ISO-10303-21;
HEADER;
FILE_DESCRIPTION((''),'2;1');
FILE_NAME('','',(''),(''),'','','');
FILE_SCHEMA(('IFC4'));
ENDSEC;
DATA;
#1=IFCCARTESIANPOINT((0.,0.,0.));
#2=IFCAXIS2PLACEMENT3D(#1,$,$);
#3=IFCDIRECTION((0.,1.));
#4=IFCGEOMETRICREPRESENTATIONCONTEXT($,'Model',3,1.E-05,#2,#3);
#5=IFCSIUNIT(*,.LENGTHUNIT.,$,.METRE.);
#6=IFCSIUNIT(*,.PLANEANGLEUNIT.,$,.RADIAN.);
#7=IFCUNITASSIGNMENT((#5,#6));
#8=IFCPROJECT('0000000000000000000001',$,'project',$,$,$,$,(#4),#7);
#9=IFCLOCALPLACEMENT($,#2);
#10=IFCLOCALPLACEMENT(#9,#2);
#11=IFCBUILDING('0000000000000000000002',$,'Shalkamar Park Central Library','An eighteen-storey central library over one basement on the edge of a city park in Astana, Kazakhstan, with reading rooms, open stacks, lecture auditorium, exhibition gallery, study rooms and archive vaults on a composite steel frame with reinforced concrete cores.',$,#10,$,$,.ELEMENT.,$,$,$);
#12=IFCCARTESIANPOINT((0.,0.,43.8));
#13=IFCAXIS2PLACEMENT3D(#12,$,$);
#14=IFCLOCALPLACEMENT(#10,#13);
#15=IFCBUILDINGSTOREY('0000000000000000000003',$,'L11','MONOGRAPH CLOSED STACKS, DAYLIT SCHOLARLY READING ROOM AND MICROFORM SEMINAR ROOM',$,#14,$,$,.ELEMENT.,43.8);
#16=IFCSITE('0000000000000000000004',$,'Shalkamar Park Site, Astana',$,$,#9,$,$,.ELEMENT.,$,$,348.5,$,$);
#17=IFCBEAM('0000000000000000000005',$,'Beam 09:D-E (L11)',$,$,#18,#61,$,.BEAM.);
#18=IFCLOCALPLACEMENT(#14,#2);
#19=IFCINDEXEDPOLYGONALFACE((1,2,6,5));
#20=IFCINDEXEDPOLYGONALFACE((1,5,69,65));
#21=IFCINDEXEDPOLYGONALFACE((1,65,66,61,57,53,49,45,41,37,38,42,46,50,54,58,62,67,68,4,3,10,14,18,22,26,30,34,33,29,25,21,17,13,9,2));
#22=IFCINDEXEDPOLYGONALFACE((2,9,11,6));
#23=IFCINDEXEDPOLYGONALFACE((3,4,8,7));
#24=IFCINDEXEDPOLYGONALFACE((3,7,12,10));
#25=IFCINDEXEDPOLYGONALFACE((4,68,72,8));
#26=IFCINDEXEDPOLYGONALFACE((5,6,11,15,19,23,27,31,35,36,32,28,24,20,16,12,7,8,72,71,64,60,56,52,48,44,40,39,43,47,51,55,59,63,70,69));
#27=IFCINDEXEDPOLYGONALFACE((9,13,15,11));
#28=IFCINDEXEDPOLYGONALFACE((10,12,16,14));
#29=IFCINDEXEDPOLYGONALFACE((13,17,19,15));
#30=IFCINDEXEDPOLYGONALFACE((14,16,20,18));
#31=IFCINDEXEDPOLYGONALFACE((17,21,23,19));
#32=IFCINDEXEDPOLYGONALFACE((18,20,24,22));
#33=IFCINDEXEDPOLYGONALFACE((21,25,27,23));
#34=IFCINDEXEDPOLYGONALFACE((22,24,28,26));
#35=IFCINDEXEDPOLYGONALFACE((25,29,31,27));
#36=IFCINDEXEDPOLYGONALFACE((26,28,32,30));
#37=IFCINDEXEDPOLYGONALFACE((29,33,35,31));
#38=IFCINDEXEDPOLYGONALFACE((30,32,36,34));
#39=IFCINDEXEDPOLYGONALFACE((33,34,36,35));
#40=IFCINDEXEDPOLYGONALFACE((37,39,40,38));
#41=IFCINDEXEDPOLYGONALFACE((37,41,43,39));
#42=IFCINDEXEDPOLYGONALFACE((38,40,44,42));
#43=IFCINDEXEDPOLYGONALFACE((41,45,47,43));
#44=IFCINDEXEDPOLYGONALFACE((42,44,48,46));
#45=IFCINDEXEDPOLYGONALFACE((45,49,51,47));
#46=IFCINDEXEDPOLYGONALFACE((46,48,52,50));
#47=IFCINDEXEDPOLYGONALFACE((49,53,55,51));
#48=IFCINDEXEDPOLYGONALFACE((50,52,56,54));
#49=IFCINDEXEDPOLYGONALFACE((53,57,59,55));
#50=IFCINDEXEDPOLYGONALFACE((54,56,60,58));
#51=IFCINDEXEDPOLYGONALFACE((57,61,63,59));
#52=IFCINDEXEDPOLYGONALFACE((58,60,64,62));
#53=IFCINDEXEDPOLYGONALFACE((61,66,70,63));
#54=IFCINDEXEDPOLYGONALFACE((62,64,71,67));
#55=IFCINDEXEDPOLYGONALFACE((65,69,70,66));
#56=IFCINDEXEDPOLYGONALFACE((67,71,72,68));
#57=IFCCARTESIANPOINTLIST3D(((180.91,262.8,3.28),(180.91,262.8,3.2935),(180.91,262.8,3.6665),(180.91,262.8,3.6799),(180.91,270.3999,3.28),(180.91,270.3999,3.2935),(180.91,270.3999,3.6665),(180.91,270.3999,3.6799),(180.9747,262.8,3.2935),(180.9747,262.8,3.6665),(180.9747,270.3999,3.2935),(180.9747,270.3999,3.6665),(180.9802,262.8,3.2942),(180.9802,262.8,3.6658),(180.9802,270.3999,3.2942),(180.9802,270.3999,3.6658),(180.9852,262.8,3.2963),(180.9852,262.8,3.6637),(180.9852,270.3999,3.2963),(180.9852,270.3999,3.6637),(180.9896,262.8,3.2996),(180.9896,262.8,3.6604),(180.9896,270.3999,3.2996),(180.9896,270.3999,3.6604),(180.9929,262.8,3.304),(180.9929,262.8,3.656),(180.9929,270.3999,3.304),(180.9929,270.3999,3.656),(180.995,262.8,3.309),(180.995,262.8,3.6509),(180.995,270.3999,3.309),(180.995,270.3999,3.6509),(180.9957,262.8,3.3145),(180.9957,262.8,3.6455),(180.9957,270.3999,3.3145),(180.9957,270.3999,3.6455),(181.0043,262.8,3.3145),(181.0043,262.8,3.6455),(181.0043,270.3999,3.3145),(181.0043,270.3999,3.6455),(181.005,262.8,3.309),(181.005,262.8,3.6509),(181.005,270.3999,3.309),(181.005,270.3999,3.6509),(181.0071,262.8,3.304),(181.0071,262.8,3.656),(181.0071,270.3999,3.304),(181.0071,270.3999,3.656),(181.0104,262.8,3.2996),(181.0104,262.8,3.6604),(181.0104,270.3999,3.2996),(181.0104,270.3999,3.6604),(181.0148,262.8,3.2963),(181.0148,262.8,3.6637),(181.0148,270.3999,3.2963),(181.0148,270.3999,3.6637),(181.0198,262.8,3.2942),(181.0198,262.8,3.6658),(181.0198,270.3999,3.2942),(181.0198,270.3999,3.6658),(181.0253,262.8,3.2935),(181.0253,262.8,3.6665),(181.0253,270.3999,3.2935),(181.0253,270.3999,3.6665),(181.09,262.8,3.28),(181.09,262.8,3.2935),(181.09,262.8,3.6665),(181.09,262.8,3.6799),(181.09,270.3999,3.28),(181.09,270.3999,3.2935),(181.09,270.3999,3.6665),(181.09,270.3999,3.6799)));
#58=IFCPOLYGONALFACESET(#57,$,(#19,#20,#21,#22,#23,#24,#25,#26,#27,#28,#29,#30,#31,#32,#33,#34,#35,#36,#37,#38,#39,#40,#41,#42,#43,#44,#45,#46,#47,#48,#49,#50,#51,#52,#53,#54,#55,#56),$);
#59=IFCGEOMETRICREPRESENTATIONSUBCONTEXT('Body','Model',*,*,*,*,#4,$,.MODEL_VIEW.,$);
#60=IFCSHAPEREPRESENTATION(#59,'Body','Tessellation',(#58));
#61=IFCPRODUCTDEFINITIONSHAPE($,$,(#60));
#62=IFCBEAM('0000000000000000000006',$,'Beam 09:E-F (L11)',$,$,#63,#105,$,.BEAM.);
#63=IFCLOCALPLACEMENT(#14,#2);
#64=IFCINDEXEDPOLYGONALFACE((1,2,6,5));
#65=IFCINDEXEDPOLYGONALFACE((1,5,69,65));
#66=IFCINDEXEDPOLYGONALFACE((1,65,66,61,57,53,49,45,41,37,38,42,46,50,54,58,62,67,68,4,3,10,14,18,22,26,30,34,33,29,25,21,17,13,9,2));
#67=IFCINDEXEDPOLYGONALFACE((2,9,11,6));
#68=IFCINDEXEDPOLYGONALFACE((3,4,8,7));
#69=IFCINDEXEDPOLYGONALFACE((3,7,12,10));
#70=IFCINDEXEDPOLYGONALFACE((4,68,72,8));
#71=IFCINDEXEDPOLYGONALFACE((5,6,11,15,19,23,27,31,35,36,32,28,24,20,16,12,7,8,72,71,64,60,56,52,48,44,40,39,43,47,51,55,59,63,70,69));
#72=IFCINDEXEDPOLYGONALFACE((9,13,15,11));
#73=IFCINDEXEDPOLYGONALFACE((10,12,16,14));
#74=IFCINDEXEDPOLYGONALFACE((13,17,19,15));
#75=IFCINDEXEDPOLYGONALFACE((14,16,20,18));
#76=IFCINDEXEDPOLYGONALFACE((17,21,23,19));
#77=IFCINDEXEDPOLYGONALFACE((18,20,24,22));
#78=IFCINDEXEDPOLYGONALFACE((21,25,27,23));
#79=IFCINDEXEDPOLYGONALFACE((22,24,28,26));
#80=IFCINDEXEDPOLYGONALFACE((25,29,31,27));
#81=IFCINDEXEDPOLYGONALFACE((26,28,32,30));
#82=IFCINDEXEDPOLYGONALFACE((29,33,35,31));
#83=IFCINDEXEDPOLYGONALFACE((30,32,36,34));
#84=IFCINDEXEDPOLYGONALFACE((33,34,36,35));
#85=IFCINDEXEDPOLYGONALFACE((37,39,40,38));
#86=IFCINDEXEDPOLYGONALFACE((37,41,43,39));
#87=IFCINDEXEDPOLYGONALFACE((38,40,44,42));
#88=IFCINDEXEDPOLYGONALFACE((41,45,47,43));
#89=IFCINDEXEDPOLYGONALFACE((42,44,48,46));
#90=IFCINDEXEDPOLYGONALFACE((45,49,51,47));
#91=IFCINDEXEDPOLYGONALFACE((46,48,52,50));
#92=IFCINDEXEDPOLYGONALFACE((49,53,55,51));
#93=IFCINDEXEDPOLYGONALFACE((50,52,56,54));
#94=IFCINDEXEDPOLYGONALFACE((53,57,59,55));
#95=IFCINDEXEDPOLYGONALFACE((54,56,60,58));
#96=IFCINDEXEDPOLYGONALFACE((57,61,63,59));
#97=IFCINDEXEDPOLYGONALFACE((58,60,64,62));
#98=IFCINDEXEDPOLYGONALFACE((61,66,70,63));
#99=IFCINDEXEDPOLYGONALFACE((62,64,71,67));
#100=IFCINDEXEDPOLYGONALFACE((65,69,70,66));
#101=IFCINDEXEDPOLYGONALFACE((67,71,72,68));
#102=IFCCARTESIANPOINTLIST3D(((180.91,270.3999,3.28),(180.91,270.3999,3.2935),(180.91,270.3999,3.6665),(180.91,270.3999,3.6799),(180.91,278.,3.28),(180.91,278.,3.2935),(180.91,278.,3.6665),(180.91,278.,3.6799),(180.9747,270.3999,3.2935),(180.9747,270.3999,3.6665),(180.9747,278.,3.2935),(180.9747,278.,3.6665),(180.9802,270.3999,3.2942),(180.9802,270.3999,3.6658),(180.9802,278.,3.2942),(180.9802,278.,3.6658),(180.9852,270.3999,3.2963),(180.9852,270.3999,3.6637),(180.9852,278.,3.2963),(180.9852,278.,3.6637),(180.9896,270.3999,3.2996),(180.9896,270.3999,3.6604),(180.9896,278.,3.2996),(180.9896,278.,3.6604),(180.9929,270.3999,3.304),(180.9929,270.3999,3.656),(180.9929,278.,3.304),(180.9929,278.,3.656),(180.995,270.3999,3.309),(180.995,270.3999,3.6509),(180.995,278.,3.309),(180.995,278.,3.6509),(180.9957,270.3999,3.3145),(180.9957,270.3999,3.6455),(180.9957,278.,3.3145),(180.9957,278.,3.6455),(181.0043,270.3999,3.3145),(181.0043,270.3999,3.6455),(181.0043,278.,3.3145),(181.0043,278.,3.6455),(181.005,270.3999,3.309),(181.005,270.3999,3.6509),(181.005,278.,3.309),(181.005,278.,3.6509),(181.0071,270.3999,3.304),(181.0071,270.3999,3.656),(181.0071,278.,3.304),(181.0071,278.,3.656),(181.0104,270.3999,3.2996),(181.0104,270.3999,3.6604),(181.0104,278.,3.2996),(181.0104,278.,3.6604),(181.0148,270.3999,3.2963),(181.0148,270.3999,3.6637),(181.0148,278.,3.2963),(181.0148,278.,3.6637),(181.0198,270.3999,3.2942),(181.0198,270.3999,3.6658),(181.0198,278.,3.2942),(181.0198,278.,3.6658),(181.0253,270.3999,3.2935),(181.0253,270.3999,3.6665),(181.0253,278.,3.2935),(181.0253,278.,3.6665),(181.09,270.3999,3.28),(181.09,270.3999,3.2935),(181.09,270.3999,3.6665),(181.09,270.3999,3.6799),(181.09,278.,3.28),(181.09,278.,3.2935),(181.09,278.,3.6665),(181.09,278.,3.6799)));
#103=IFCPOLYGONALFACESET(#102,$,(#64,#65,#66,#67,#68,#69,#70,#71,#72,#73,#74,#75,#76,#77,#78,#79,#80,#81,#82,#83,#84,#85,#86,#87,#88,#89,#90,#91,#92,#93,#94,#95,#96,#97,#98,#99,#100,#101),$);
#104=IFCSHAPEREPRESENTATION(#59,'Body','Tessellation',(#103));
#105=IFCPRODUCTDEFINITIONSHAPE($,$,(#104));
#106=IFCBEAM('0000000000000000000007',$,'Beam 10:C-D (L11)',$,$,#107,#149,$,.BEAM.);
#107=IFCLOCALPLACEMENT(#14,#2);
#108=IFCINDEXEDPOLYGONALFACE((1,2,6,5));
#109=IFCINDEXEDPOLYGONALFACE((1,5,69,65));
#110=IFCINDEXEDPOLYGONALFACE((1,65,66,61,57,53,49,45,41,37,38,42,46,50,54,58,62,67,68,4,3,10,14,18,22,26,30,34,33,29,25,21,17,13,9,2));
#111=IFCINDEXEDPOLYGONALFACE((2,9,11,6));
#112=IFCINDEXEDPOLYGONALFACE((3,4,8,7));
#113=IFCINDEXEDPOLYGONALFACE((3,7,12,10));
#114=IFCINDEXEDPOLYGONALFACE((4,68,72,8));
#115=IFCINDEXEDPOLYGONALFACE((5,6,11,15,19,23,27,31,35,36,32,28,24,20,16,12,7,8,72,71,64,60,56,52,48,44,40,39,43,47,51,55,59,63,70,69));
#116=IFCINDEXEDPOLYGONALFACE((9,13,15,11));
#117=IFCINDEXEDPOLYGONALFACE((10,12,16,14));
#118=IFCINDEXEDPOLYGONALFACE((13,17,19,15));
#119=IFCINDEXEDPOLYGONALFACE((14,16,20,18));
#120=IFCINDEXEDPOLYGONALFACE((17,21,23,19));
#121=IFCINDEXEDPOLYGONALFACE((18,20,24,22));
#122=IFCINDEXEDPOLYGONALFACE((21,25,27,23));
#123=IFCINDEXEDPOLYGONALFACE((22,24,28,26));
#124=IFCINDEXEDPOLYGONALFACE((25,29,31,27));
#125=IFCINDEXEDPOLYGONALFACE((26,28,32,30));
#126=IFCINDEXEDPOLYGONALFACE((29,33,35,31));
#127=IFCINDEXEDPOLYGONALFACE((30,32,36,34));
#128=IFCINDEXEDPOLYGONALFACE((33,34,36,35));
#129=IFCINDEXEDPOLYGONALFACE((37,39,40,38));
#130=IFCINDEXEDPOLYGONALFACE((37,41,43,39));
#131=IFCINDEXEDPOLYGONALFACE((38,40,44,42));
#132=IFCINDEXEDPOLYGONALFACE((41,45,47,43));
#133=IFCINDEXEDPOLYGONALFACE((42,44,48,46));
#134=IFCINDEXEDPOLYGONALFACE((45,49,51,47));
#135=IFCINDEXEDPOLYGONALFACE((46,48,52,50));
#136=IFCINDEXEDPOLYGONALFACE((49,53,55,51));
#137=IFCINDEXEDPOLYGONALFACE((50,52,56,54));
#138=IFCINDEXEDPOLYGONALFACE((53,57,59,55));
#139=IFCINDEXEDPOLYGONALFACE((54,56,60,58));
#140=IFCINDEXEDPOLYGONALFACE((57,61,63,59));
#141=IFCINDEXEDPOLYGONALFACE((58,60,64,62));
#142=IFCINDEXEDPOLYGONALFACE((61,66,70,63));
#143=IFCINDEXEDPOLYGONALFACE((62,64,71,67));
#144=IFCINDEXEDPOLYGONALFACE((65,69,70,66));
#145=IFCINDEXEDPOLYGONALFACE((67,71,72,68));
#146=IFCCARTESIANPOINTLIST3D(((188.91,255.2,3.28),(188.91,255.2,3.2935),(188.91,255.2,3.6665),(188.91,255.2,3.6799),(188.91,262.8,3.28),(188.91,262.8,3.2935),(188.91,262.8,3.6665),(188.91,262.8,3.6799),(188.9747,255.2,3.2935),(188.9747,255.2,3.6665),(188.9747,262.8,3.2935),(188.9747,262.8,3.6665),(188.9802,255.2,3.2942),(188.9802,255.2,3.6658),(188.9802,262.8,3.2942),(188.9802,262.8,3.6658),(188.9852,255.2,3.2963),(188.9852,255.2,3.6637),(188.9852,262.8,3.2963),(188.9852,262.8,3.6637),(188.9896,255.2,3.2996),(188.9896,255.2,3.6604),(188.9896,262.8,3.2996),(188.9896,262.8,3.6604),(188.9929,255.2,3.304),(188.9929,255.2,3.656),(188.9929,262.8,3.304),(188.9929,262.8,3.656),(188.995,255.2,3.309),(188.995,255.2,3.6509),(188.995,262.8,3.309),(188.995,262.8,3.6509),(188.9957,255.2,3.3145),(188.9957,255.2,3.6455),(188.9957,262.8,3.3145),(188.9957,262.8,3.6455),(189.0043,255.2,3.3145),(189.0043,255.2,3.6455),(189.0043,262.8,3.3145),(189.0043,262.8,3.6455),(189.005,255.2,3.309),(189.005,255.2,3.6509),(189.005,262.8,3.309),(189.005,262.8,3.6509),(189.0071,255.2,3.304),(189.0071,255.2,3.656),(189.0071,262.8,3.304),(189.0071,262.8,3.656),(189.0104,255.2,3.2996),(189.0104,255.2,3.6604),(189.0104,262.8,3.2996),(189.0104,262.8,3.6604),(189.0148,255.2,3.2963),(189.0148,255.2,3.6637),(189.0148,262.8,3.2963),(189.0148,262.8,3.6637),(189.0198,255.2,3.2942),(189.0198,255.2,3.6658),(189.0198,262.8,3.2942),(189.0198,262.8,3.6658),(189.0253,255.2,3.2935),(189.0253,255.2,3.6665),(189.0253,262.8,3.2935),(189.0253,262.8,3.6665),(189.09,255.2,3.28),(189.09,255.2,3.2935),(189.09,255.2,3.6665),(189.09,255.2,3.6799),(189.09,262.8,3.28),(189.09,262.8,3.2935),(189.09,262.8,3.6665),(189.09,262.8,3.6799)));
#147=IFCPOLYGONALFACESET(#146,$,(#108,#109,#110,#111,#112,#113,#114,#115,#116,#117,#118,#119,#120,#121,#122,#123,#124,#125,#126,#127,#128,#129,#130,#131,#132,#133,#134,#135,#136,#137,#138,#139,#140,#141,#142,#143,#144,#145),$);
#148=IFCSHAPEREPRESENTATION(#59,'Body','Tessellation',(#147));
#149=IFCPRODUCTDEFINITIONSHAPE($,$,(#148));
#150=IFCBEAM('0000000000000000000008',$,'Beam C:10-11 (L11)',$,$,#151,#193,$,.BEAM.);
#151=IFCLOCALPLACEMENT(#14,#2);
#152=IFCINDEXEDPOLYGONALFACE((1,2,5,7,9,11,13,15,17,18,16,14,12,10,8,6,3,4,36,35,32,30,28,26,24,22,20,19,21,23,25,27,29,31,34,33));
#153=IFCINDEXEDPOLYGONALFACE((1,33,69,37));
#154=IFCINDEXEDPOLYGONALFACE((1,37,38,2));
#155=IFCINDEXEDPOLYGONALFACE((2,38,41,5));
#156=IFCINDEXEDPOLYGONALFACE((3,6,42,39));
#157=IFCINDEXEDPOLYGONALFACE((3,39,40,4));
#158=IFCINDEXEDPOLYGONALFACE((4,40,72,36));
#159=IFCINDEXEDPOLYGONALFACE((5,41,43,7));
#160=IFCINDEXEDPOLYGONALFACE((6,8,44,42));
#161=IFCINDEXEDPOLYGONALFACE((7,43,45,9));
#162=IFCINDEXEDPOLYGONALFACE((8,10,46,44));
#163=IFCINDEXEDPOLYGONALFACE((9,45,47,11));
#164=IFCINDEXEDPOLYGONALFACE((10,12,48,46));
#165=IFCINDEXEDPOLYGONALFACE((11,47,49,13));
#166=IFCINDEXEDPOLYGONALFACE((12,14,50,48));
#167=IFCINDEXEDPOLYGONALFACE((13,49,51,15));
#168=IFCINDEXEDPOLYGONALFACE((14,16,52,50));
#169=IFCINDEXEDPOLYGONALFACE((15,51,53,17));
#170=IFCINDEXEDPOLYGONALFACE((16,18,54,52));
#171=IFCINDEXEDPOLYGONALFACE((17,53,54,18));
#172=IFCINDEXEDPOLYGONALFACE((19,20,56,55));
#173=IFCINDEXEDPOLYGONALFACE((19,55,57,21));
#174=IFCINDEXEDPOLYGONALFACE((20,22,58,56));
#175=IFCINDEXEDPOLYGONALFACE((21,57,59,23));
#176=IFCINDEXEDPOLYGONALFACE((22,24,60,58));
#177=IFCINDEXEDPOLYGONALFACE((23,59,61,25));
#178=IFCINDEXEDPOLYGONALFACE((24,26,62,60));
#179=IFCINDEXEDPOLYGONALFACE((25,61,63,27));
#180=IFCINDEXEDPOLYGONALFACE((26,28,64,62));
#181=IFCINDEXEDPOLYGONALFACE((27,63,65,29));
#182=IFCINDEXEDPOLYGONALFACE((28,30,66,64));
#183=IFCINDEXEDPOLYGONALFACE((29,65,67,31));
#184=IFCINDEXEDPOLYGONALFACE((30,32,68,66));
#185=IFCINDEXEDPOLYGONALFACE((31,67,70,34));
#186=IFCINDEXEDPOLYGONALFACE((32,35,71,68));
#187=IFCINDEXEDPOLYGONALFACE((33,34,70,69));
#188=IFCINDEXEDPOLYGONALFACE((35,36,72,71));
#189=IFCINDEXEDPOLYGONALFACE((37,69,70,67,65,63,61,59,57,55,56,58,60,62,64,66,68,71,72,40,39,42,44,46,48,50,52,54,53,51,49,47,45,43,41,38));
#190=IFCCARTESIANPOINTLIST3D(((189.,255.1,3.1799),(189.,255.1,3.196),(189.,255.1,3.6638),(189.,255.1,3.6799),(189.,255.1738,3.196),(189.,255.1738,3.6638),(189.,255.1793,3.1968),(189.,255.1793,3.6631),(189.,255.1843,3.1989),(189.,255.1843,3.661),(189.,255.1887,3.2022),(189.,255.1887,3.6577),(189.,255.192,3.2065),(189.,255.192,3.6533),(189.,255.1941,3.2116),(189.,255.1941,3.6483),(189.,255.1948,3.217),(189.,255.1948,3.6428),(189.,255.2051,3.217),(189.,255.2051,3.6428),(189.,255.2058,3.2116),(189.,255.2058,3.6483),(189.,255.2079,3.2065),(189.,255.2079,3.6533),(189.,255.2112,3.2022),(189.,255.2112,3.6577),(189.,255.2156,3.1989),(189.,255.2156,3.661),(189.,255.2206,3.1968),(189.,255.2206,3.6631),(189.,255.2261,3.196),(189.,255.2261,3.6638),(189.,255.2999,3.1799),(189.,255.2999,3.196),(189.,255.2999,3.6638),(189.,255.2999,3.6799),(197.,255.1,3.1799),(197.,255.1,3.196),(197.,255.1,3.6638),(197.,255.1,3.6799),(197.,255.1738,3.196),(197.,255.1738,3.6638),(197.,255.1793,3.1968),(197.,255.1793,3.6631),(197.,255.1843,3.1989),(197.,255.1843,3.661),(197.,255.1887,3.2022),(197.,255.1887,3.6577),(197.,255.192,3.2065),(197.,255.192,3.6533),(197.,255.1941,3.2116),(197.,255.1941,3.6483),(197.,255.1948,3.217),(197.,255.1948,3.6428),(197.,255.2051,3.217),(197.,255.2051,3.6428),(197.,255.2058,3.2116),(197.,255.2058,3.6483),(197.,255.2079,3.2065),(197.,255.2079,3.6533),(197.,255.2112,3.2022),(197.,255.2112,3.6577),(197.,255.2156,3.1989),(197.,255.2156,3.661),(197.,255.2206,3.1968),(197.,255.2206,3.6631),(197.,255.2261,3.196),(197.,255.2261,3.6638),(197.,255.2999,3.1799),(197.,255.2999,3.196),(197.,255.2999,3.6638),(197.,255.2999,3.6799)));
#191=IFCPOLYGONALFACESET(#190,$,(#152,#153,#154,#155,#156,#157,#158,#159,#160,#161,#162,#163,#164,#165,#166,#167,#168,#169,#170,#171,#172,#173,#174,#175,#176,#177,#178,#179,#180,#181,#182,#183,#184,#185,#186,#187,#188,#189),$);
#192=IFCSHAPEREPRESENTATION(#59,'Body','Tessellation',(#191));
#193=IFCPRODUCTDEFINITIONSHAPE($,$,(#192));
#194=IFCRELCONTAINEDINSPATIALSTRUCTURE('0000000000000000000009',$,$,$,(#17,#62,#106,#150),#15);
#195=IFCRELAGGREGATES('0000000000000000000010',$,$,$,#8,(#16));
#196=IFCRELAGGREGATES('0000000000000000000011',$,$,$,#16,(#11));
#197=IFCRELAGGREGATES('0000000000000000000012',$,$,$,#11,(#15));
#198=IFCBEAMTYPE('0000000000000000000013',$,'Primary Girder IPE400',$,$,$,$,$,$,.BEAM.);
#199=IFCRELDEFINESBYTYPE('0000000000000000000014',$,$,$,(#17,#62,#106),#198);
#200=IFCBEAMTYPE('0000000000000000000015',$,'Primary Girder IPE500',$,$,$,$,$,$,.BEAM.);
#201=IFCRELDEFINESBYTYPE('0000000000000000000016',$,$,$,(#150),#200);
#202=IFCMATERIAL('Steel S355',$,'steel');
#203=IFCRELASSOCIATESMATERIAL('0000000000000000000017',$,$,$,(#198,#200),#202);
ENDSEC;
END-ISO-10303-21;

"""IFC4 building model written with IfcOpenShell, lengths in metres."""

from ifc_helpers import new_model, si_unit, direction, frame, origin, origin_2d, place, context, subcontext, project, spatial, i_section, extrude, material, material_profile, profile_set, type_object, element, save


model = new_model("IFC4")

# Units and contexts
model_context = context("Model", 3, precision=1e-05, world=origin(), true_north=direction((0.0, 1.0)))
body_context = subcontext(model_context, "Body", "Model", "MODEL_VIEW")
ifc_project = project(units=[si_unit("LENGTHUNIT", "METRE"), si_unit("PLANEANGLEUNIT", "RADIAN")], contexts=[model_context])

# Site, building, storey
site_placement = place(None, origin())
site = spatial("IfcSite", under=ifc_project, at=site_placement, Name="Shalkamar Park Site, Astana", CompositionType="ELEMENT", RefElevation=348.5)
building_placement = place(site_placement, origin())
building = spatial("IfcBuilding", under=site, at=building_placement, Name="Shalkamar Park Central Library", Description="An eighteen-storey central library over one basement on the edge of a city park in Astana, Kazakhstan, with reading rooms, open stacks, lecture auditorium, exhibition gallery, study rooms and archive vaults on a composite steel frame with reinforced concrete cores.", CompositionType="ELEMENT")
storey_placement = place(building_placement, frame((0.0, 0.0, 43.8)))
storey = spatial("IfcBuildingStorey", under=building, at=storey_placement, Name="L11", Description="MONOGRAPH CLOSED STACKS, DAYLIT SCHOLARLY READING ROOM AND MICROFORM SEMINAR ROOM", CompositionType="ELEMENT", Elevation=43.8)

# Shared definitions
ifc_material_1 = material(Name="Steel S355", Category="steel")

# Beams
ifc_material_profile_1 = material_profile(ifc_material_1, i_section(OverallWidth=0.1799, OverallDepth=0.3999, WebThickness=0.0085, FlangeThickness=0.0134, FilletRadius=0.021, at=origin_2d()), Name="IPE 400")
ifc_profile_set_1 = profile_set([ifc_material_profile_1], Name="Steel S355")
beam_type_1 = type_object("IfcBeamType", Name="Primary Girder IPE400", PredefinedType="BEAM", material=ifc_profile_set_1)
beam_1_placement = place(storey_placement, frame((181.0, 262.8, 3.48), z_axis=(0.0, 1.0, 0.0), x_axis=(-1.0, 0.0, 0.0)))
element("IfcBeam", 1, at=beam_1_placement, inside=storey, type_object=beam_type_1, Name="Beam 09:D-E (L11)", PredefinedType="BEAM", context=body_context, shape_type="SweptSolid", body=[
    extrude(i_section(OverallWidth=0.1799, OverallDepth=0.3999, WebThickness=0.0085, FlangeThickness=0.0134, FilletRadius=0.021, at=origin_2d()), origin(), (0.0, 0.0, 1.0), 7.5999),
])
for number, where, z_axis, x_axis, name in (
    (2, (181.0, 270.3999, 3.48), (0.0, 1.0, 0.0), (-1.0, 0.0, 0.0), "Beam 09:E-F (L11)"),
    (3, (189.0, 255.2, 3.48), (0.0, 1.0, 0.0), (-1.0, 0.0, 0.0), "Beam 10:C-D (L11)"),
):
    element("IfcBeam", number, at=place(storey_placement, frame(where, z_axis=z_axis, x_axis=x_axis)), inside=storey, type_object=beam_type_1, Name=name, PredefinedType="BEAM", context=body_context, shape_type="SweptSolid", body=[
        extrude(i_section(OverallWidth=0.1799, OverallDepth=0.3999, WebThickness=0.0085, FlangeThickness=0.0134, FilletRadius=0.021, at=origin_2d()), origin(), (0.0, 0.0, 1.0), 7.6001),
    ])
ifc_material_profile_2 = material_profile(ifc_material_1, i_section(OverallWidth=0.2, OverallDepth=0.5, WebThickness=0.0103, FlangeThickness=0.0161, FilletRadius=0.021, at=origin_2d()), Name="IPE 500")
ifc_profile_set_2 = profile_set([ifc_material_profile_2], Name="Steel S355")
beam_type_2 = type_object("IfcBeamType", Name="Primary Girder IPE500", PredefinedType="BEAM", material=ifc_profile_set_2)
for number, where, z_axis, x_axis, name in (
    (4, (189.0, 255.2, 3.4299), (1.0, 0.0, 0.0), (0.0, 1.0, 0.0), "Beam C:10-11 (L11)"),
):
    element("IfcBeam", number, at=place(storey_placement, frame(where, z_axis=z_axis, x_axis=x_axis)), inside=storey, type_object=beam_type_2, Name=name, PredefinedType="BEAM", context=body_context, shape_type="SweptSolid", body=[
        extrude(i_section(OverallWidth=0.2, OverallDepth=0.5, WebThickness=0.0103, FlangeThickness=0.0161, FilletRadius=0.021, at=origin_2d()), origin(), (0.0, 0.0, 1.0), 8.0),
    ])

save(model, "model.ifc")
